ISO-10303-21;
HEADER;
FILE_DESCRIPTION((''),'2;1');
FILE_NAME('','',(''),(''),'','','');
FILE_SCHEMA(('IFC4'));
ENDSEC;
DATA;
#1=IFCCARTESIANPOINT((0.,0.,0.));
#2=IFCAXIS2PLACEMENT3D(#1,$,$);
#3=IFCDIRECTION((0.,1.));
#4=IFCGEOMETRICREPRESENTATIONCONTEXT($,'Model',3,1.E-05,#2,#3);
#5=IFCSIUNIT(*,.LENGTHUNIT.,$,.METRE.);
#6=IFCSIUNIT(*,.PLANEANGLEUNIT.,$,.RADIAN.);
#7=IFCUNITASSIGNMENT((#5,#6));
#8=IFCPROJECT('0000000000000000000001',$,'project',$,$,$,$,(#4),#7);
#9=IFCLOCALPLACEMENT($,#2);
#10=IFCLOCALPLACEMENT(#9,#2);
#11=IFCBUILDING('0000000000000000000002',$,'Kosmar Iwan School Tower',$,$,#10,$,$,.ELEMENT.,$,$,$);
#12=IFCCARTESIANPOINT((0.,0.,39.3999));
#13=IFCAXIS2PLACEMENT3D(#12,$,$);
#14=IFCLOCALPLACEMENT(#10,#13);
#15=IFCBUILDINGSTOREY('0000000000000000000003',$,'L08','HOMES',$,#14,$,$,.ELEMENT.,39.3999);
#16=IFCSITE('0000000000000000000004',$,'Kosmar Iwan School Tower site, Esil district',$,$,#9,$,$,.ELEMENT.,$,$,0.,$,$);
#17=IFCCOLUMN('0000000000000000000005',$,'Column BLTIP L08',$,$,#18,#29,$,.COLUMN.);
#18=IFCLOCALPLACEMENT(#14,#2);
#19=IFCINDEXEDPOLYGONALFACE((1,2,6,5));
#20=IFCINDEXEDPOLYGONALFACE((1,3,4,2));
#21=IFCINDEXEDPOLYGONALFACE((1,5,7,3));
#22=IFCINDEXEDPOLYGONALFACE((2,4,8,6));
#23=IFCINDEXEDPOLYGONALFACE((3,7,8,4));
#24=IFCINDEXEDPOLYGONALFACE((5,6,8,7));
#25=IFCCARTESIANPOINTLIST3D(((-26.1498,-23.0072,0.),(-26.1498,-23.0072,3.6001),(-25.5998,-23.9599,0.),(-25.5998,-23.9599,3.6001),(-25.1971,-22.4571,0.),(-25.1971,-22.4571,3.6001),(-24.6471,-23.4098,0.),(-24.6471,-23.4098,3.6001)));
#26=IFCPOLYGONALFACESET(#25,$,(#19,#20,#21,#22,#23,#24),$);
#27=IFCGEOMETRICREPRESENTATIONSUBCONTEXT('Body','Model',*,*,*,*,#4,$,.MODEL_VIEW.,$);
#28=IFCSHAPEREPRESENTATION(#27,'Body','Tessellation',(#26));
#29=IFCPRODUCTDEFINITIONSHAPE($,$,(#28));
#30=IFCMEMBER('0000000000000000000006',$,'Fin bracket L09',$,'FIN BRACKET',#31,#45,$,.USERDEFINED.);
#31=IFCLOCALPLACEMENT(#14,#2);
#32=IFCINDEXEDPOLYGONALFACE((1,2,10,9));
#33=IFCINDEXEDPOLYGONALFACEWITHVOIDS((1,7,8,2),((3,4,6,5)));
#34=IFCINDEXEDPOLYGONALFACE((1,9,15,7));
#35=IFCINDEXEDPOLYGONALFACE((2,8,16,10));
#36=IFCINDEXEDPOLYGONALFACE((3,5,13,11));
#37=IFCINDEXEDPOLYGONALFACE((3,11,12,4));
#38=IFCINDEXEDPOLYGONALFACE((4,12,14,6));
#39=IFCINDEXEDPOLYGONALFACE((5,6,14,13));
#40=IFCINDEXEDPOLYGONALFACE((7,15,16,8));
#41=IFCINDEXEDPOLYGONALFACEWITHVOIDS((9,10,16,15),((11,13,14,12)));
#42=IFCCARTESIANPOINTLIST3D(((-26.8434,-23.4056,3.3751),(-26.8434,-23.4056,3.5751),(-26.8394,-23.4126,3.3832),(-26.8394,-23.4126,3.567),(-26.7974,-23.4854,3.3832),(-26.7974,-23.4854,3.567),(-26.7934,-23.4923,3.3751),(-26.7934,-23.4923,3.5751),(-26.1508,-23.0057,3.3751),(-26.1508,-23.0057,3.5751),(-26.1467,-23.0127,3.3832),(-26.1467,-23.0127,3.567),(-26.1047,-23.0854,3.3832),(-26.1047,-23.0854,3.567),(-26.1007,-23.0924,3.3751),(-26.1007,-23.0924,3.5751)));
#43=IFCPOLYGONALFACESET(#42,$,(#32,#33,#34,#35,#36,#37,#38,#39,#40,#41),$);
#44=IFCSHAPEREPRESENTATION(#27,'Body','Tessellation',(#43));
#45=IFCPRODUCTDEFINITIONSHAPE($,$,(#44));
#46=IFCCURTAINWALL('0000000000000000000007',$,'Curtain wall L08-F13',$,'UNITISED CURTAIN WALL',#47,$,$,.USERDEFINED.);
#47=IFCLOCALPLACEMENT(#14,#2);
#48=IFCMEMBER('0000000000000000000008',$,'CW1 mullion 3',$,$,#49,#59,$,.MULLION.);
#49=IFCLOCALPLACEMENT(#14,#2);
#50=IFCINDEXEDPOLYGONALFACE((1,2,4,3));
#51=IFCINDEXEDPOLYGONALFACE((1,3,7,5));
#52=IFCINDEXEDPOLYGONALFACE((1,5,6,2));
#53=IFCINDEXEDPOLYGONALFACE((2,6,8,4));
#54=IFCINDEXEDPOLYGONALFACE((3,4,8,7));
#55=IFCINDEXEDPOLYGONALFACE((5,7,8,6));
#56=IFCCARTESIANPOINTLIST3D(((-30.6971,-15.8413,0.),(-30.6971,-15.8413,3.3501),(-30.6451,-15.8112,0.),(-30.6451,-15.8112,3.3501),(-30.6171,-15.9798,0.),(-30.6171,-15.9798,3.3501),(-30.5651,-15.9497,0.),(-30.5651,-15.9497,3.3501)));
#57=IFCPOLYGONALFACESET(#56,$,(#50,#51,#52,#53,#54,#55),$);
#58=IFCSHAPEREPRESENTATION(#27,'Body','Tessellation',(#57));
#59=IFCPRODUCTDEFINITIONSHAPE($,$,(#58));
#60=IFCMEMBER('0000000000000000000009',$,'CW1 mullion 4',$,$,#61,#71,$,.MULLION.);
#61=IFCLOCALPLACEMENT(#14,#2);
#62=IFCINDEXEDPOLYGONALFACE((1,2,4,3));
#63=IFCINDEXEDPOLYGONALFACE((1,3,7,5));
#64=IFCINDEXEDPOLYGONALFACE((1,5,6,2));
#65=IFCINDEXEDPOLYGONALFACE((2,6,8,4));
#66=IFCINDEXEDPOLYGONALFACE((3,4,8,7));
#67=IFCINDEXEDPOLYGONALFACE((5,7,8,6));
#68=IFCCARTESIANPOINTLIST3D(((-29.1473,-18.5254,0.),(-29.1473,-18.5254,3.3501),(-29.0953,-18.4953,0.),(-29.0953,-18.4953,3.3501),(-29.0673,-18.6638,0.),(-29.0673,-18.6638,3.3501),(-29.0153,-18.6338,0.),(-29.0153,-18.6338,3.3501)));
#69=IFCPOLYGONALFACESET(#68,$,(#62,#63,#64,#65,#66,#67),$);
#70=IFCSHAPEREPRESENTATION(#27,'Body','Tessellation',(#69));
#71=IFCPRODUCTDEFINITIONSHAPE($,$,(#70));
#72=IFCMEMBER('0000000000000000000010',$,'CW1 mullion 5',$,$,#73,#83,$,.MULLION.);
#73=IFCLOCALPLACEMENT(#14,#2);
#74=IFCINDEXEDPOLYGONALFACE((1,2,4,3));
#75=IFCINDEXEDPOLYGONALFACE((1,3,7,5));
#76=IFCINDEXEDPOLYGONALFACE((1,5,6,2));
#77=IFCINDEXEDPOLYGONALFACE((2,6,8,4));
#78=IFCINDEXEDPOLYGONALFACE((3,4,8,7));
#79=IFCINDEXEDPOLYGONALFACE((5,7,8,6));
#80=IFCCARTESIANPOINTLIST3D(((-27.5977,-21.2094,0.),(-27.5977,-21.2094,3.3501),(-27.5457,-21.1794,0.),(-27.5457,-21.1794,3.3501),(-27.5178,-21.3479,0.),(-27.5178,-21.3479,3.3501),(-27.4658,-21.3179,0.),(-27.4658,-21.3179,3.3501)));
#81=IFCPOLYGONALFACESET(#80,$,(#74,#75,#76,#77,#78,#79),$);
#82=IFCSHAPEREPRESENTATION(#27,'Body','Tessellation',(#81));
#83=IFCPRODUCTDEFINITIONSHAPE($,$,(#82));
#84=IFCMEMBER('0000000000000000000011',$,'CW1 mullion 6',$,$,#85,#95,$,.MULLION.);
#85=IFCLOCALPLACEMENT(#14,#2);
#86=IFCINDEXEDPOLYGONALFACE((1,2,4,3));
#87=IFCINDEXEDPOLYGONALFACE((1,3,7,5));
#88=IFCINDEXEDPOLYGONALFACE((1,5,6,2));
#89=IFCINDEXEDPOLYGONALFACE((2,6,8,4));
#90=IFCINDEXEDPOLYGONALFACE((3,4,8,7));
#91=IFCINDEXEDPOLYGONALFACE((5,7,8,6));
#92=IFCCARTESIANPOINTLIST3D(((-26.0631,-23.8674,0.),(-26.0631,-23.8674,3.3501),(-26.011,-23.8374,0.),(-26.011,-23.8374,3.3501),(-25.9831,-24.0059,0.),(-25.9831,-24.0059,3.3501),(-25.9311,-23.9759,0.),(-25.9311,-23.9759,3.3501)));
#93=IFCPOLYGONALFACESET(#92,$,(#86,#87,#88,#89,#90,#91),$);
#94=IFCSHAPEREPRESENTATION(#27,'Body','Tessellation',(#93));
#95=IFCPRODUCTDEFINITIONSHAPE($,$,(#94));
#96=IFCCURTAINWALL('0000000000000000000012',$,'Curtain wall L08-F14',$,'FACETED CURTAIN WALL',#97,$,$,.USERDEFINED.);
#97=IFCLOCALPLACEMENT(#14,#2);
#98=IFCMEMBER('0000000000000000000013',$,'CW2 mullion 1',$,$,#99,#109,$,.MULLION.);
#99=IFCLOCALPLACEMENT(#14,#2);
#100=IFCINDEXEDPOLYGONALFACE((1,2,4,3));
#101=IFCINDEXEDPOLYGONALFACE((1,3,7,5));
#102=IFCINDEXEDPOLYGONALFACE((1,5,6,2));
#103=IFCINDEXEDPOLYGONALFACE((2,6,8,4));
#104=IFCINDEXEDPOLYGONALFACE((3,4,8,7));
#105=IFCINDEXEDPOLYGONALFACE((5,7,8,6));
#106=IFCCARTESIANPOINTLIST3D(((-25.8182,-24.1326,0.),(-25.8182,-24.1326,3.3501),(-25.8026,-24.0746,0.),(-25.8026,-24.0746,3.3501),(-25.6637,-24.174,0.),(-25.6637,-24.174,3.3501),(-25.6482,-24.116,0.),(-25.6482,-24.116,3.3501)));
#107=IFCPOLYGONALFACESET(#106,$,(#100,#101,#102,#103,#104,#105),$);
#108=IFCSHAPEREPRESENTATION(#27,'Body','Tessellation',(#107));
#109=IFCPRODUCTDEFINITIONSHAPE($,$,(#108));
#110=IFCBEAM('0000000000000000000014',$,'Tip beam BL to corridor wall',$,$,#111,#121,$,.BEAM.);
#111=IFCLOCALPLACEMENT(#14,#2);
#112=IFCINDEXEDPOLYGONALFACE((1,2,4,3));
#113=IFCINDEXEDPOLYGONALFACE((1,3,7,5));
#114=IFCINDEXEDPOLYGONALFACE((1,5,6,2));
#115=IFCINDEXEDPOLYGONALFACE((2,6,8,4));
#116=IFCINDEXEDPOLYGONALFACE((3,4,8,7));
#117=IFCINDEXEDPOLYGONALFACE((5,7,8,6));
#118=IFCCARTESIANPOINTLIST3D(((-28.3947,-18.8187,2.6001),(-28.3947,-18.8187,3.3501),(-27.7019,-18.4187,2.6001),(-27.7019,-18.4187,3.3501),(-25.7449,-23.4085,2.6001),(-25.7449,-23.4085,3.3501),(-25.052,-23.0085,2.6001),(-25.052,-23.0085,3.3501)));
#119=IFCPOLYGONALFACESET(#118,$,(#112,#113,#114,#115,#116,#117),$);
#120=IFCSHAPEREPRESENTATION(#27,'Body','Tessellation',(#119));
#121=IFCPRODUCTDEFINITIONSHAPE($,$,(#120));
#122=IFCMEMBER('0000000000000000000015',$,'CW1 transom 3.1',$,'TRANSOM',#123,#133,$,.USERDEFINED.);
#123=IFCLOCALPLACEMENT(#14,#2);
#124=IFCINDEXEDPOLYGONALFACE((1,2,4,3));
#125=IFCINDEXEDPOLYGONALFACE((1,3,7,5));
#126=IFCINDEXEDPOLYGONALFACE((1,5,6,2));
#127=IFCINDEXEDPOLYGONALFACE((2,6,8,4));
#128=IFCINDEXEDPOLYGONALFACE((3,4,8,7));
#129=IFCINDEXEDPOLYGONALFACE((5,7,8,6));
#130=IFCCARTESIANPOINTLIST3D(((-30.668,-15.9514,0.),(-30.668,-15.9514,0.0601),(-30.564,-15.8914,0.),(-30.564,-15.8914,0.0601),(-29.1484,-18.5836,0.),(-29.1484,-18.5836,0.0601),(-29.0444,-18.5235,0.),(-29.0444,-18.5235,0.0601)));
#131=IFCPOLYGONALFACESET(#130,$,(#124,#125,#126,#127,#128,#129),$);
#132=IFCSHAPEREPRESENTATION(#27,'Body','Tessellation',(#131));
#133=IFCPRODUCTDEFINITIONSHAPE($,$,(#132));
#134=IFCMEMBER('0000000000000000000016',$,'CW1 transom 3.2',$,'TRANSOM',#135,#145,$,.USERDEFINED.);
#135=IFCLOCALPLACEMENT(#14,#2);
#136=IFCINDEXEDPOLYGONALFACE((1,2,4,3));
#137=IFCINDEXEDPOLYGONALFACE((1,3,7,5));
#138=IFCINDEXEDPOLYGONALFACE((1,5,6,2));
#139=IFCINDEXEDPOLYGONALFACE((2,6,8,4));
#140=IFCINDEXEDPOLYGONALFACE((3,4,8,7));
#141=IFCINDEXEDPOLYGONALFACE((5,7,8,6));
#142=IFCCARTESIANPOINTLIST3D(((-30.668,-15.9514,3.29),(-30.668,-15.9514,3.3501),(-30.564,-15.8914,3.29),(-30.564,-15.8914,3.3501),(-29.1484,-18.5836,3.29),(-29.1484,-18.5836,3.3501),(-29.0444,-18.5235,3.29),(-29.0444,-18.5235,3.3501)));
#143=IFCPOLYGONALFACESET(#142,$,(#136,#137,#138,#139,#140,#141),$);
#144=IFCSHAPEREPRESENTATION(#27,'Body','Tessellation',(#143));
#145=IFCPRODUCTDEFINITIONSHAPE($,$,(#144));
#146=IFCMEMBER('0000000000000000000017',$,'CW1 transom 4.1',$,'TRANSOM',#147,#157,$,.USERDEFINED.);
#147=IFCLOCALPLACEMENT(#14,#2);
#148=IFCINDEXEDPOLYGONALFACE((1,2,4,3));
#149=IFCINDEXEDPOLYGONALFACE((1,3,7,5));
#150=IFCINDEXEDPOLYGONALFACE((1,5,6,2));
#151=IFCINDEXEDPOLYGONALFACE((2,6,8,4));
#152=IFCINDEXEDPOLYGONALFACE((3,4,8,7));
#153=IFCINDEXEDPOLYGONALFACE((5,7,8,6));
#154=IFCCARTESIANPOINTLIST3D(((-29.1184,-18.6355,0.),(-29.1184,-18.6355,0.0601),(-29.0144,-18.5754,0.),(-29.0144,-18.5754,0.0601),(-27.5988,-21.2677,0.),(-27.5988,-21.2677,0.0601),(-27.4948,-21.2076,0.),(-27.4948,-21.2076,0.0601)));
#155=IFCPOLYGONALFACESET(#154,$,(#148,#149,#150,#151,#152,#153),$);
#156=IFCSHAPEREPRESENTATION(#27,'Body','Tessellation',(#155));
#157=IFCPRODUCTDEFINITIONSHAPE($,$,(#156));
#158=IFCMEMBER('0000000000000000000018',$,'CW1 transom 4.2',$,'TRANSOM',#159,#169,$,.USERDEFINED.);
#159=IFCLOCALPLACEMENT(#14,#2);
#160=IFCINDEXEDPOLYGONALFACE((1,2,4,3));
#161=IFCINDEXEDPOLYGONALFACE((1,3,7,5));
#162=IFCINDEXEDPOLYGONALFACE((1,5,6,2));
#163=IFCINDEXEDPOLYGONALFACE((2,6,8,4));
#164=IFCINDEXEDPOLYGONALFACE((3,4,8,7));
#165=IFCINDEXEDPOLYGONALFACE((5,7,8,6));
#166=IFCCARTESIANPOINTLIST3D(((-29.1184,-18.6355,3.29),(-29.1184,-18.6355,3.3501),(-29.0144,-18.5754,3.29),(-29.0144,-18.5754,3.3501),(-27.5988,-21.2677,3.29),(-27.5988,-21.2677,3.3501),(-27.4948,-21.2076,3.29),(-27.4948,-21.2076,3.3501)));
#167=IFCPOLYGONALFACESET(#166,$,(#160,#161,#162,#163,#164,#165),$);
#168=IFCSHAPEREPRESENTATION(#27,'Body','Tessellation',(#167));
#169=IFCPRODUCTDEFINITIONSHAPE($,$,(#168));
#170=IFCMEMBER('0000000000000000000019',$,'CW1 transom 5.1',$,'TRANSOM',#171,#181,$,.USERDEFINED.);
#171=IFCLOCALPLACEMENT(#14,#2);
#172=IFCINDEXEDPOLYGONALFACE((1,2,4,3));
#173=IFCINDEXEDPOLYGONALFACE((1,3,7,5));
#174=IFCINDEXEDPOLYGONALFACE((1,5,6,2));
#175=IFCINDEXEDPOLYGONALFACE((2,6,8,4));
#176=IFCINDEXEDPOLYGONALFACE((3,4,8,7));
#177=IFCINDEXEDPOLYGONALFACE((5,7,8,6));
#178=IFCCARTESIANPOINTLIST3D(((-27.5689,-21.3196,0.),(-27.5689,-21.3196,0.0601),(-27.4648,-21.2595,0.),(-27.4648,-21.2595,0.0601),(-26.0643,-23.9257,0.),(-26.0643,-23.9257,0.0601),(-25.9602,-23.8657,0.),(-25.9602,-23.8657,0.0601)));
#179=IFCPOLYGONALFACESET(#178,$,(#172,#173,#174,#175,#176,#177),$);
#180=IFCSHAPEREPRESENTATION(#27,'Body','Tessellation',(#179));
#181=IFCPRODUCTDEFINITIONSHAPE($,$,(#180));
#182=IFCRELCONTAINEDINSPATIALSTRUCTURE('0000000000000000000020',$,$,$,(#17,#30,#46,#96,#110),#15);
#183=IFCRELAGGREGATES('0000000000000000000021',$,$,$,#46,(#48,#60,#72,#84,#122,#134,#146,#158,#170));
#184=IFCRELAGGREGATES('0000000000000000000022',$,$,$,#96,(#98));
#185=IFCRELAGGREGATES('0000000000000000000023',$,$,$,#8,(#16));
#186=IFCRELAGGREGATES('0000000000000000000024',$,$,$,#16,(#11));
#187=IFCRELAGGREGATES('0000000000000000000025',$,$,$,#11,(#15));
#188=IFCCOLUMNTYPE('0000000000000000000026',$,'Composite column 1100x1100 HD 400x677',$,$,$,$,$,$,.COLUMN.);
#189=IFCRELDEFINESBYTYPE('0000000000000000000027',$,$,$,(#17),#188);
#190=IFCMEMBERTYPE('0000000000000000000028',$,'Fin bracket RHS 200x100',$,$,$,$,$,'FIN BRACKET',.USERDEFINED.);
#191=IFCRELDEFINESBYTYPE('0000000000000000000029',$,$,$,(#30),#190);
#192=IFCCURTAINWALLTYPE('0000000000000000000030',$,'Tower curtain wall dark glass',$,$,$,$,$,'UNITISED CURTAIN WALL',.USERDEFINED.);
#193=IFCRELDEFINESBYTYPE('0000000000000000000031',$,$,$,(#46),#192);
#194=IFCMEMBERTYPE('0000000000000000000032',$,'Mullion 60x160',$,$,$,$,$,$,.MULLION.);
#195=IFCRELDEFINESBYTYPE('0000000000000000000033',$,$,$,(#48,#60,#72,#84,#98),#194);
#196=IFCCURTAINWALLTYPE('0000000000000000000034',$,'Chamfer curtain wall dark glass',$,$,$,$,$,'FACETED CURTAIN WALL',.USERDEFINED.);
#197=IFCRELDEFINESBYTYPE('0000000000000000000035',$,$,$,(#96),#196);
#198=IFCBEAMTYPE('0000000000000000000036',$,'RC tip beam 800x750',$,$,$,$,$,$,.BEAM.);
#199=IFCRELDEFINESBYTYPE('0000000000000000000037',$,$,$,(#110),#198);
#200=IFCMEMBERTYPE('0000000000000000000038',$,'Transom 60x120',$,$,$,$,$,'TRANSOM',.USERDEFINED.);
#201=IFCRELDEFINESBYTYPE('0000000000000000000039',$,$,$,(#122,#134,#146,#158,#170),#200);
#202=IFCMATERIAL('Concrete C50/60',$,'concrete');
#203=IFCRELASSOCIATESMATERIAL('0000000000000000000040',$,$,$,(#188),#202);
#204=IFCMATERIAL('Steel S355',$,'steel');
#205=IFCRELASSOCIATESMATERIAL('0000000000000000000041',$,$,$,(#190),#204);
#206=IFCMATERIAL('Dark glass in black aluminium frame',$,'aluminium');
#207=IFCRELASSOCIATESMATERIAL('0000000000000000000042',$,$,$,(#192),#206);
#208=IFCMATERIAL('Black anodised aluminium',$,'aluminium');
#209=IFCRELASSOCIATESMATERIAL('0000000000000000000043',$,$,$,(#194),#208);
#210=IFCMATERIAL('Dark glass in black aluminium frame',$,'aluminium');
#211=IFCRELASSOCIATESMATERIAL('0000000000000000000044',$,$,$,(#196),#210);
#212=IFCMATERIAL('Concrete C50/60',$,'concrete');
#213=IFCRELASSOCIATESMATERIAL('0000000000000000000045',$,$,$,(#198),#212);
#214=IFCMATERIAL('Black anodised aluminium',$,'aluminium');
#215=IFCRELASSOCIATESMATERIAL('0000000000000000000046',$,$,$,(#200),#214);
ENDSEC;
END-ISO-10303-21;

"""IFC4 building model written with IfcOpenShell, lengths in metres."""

from ifc_helpers import new_model, si_unit, direction, frame, origin, origin_2d, place, context, subcontext, project, spatial, rectangle, hollow_rectangle, extrude, material, material_profile, profile_set, type_object, element, aggregate, save


model = new_model("IFC4")

# Units and contexts
model_context = context("Model", 3, precision=1e-05, world=origin(), true_north=direction((0.0, 1.0)))
body_context = subcontext(model_context, "Body", "Model", "MODEL_VIEW")
ifc_project = project(units=[si_unit("LENGTHUNIT", "METRE"), si_unit("PLANEANGLEUNIT", "RADIAN")], contexts=[model_context])

# Site, building, storey
site_placement = place(None, origin())
site = spatial("IfcSite", under=ifc_project, at=site_placement, Name="Kosmar Iwan School Tower site, Esil district", CompositionType="ELEMENT", RefElevation=0.0)
building_placement = place(site_placement, origin())
building = spatial("IfcBuilding", under=site, at=building_placement, Name="Kosmar Iwan School Tower", CompositionType="ELEMENT")
storey_placement = place(building_placement, frame((0.0, 0.0, 39.3999)))
storey = spatial("IfcBuildingStorey", under=building, at=storey_placement, Name="L08", Description="HOMES", CompositionType="ELEMENT", Elevation=39.3999)

# Column
ifc_material_1 = material(Name="Concrete C50/60", Category="concrete")
ifc_material_profile_1 = material_profile(ifc_material_1, rectangle(XDim=1.1001, YDim=1.1001, at=origin_2d()), Name="RC 1100x1100 + HD 400x677")
ifc_profile_set_1 = profile_set([ifc_material_profile_1], Name="Concrete C50/60")
column_type = type_object("IfcColumnType", Name="Composite column 1100x1100 HD 400x677", PredefinedType="COLUMN", material=ifc_profile_set_1)
column_placement = place(storey_placement, frame((-25.3984, -23.2085, 0.0), z_axis=(0.0, 0.0, 1.0), x_axis=(-0.866025, -0.5, 0.0)))
element("IfcColumn", 1, at=column_placement, inside=storey, type_object=column_type, Name="Column BLTIP L08", PredefinedType="COLUMN", context=body_context, shape_type="SweptSolid", body=[
    extrude(rectangle(XDim=1.1001, YDim=1.1001, at=origin_2d()), origin(), (0.0, 0.0, 1.0), 3.6001),
])

# Member
ifc_material_2 = material(Name="Steel S355", Category="steel")
ifc_material_profile_2 = material_profile(ifc_material_2, hollow_rectangle(XDim=0.1001, YDim=0.2, WallThickness=0.0081, at=origin_2d()), Name="RHS 200x100x8")
ifc_profile_set_2 = profile_set([ifc_material_profile_2], Name="Steel S355")
member_type_1 = type_object("IfcMemberType", Name="Fin bracket RHS 200x100", ElementType="FIN BRACKET", PredefinedType="USERDEFINED", material=ifc_profile_set_2)
member_1_placement = place(storey_placement, frame((-26.1257, -23.0491, 3.4751), z_axis=(-0.866018, -0.500013, 0.0), x_axis=(0.500013, -0.866018, 0.0)))
element("IfcMember", 2, at=member_1_placement, inside=storey, type_object=member_type_1, Name="Fin bracket L09", ObjectType="FIN BRACKET", PredefinedType="USERDEFINED", context=body_context, shape_type="SweptSolid", body=[
    extrude(hollow_rectangle(XDim=0.1001, YDim=0.2, WallThickness=0.0081, at=origin_2d()), origin(), (0.0, 0.0, 1.0), 0.7998),
])

# Curtain wall, members
ifc_material_3 = material(Name="Dark glass in black aluminium frame", Category="aluminium")
curtain_wall_type_1 = type_object("IfcCurtainWallType", Name="Tower curtain wall dark glass", ElementType="UNITISED CURTAIN WALL", PredefinedType="USERDEFINED", material=ifc_material_3)
curtain_wall_1_placement = place(storey_placement, origin())
curtain_wall_1 = element("IfcCurtainWall", 3, at=curtain_wall_1_placement, inside=storey, type_object=curtain_wall_type_1, Name="Curtain wall L08-F13", ObjectType="UNITISED CURTAIN WALL", PredefinedType="USERDEFINED")
ifc_material_4 = material(Name="Black anodised aluminium", Category="aluminium")
ifc_material_profile_3 = material_profile(ifc_material_4, rectangle(XDim=0.0601, YDim=0.1599, at=origin_2d()), Name="MULLION 60x160")
ifc_profile_set_3 = profile_set([ifc_material_profile_3], Name="Black anodised aluminium")
member_type_2 = type_object("IfcMemberType", Name="Mullion 60x160", PredefinedType="MULLION", material=ifc_profile_set_3)
member_2_placement = place(storey_placement, frame((-30.6311, -15.8955, 0.0), z_axis=(0.0, 0.0, 1.0), x_axis=(0.866025, 0.5, 0.0)))
member_2 = element("IfcMember", 4, at=member_2_placement, type_object=member_type_2, Name="CW1 mullion 3", PredefinedType="MULLION", context=body_context, shape_type="SweptSolid", body=[
    extrude(rectangle(XDim=0.0601, YDim=0.1599, at=origin_2d()), origin(), (0.0, 0.0, 1.0), 3.3501),
])
member_3_placement = place(storey_placement, frame((-29.0813, -18.5796, 0.0), z_axis=(0.0, 0.0, 1.0), x_axis=(0.866025, 0.5, 0.0)))
member_3 = element("IfcMember", 5, at=member_3_placement, type_object=member_type_2, Name="CW1 mullion 4", PredefinedType="MULLION", context=body_context, shape_type="SweptSolid", body=[
    extrude(rectangle(XDim=0.0601, YDim=0.1599, at=origin_2d()), origin(), (0.0, 0.0, 1.0), 3.3501),
])
member_4_placement = place(storey_placement, frame((-27.5317, -21.2637, 0.0), z_axis=(0.0, 0.0, 1.0), x_axis=(0.866025, 0.5, 0.0)))
member_4 = element("IfcMember", 6, at=member_4_placement, type_object=member_type_2, Name="CW1 mullion 5", PredefinedType="MULLION", context=body_context, shape_type="SweptSolid", body=[
    extrude(rectangle(XDim=0.0601, YDim=0.1599, at=origin_2d()), origin(), (0.0, 0.0, 1.0), 3.3501),
])
member_5_placement = place(storey_placement, frame((-25.9971, -23.9216, 0.0), z_axis=(0.0, 0.0, 1.0), x_axis=(0.866025, 0.5, 0.0)))
member_5 = element("IfcMember", 7, at=member_5_placement, type_object=member_type_2, Name="CW1 mullion 6", PredefinedType="MULLION", context=body_context, shape_type="SweptSolid", body=[
    extrude(rectangle(XDim=0.0601, YDim=0.1599, at=origin_2d()), origin(), (0.0, 0.0, 1.0), 3.3501),
])

# Curtain wall, member
ifc_material_5 = material(Name="Dark glass in black aluminium frame", Category="aluminium")
curtain_wall_type_2 = type_object("IfcCurtainWallType", Name="Chamfer curtain wall dark glass", ElementType="FACETED CURTAIN WALL", PredefinedType="USERDEFINED", material=ifc_material_5)
curtain_wall_2_placement = place(storey_placement, origin())
curtain_wall_2 = element("IfcCurtainWall", 8, at=curtain_wall_2_placement, inside=storey, type_object=curtain_wall_type_2, Name="Curtain wall L08-F14", ObjectType="FACETED CURTAIN WALL", PredefinedType="USERDEFINED")
member_6_placement = place(storey_placement, frame((-25.7332, -24.1243, 0.0), z_axis=(0.0, 0.0, 1.0), x_axis=(0.258819, 0.965926, 0.0)))
member_6 = element("IfcMember", 9, at=member_6_placement, type_object=member_type_2, Name="CW2 mullion 1", PredefinedType="MULLION", context=body_context, shape_type="SweptSolid", body=[
    extrude(rectangle(XDim=0.0601, YDim=0.1599, at=origin_2d()), origin(), (0.0, 0.0, 1.0), 3.3501),
])

# Beam
ifc_material_6 = material(Name="Concrete C50/60", Category="concrete")
ifc_material_profile_4 = material_profile(ifc_material_6, rectangle(XDim=0.8, YDim=0.75, at=origin_2d()), Name="RC 800x750")
ifc_profile_set_4 = profile_set([ifc_material_profile_4], Name="Concrete C50/60")
beam_type = type_object("IfcBeamType", Name="RC tip beam 800x750", PredefinedType="BEAM", material=ifc_profile_set_4)
beam_placement = place(storey_placement, frame((-25.3984, -23.2085, 2.9751), z_axis=(-0.499994, 0.866029, 0.0), x_axis=(-0.866029, -0.499994, 0.0)))
element("IfcBeam", 10, at=beam_placement, inside=storey, type_object=beam_type, Name="Tip beam BL to corridor wall", PredefinedType="BEAM", context=body_context, shape_type="SweptSolid", body=[
    extrude(rectangle(XDim=0.8, YDim=0.75, at=origin_2d()), origin(), (0.0, 0.0, 1.0), 5.2998),
])

# Members
ifc_material_7 = material(Name="Black anodised aluminium", Category="aluminium")
ifc_material_profile_5 = material_profile(ifc_material_7, rectangle(XDim=0.1201, YDim=0.0601, at=origin_2d()), Name="TRANSOM 60x120")
ifc_profile_set_5 = profile_set([ifc_material_profile_5], Name="Black anodised aluminium")
member_type_3 = type_object("IfcMemberType", Name="Transom 60x120", ElementType="TRANSOM", PredefinedType="USERDEFINED", material=ifc_profile_set_5)
member_7_placement = place(storey_placement, frame((-30.616, -15.9214, 0.03), z_axis=(0.499975, -0.86604, 0.0), x_axis=(0.86604, 0.499975, 0.0)))
member_7 = element("IfcMember", 11, at=member_7_placement, type_object=member_type_3, Name="CW1 transom 3.1", ObjectType="TRANSOM", PredefinedType="USERDEFINED", context=body_context, shape_type="SweptSolid", body=[
    extrude(rectangle(XDim=0.1201, YDim=0.0601, at=origin_2d()), origin(), (0.0, 0.0, 1.0), 3.0393),
])
member_8_placement = place(storey_placement, frame((-30.616, -15.9214, 3.3201), z_axis=(0.499975, -0.86604, 0.0), x_axis=(0.86604, 0.499975, 0.0)))
member_8 = element("IfcMember", 12, at=member_8_placement, type_object=member_type_3, Name="CW1 transom 3.2", ObjectType="TRANSOM", PredefinedType="USERDEFINED", context=body_context, shape_type="SweptSolid", body=[
    extrude(rectangle(XDim=0.1201, YDim=0.0601, at=origin_2d()), origin(), (0.0, 0.0, 1.0), 3.0393),
])
member_9_placement = place(storey_placement, frame((-29.0664, -18.6055, 0.03), z_axis=(0.499975, -0.86604, 0.0), x_axis=(0.86604, 0.499975, 0.0)))
member_9 = element("IfcMember", 13, at=member_9_placement, type_object=member_type_3, Name="CW1 transom 4.1", ObjectType="TRANSOM", PredefinedType="USERDEFINED", context=body_context, shape_type="SweptSolid", body=[
    extrude(rectangle(XDim=0.1201, YDim=0.0601, at=origin_2d()), origin(), (0.0, 0.0, 1.0), 3.0393),
])
member_10_placement = place(storey_placement, frame((-29.0664, -18.6055, 3.3201), z_axis=(0.499975, -0.86604, 0.0), x_axis=(0.86604, 0.499975, 0.0)))
member_10 = element("IfcMember", 14, at=member_10_placement, type_object=member_type_3, Name="CW1 transom 4.2", ObjectType="TRANSOM", PredefinedType="USERDEFINED", context=body_context, shape_type="SweptSolid", body=[
    extrude(rectangle(XDim=0.1201, YDim=0.0601, at=origin_2d()), origin(), (0.0, 0.0, 1.0), 3.0393),
])
member_11_placement = place(storey_placement, frame((-27.5168, -21.2896, 0.03), z_axis=(0.499987, -0.866033, 0.0), x_axis=(0.866033, 0.499987, 0.0)))
member_11 = element("IfcMember", 15, at=member_11_placement, type_object=member_type_3, Name="CW1 transom 5.1", ObjectType="TRANSOM", PredefinedType="USERDEFINED", context=body_context, shape_type="SweptSolid", body=[
    extrude(rectangle(XDim=0.1201, YDim=0.0601, at=origin_2d()), origin(), (0.0, 0.0, 1.0), 3.0093),
])

aggregate(curtain_wall_1, [member_2, member_3, member_4, member_5, member_7, member_8, member_9, member_10, member_11])
aggregate(curtain_wall_2, [member_6])

save(model, "model.ifc")
